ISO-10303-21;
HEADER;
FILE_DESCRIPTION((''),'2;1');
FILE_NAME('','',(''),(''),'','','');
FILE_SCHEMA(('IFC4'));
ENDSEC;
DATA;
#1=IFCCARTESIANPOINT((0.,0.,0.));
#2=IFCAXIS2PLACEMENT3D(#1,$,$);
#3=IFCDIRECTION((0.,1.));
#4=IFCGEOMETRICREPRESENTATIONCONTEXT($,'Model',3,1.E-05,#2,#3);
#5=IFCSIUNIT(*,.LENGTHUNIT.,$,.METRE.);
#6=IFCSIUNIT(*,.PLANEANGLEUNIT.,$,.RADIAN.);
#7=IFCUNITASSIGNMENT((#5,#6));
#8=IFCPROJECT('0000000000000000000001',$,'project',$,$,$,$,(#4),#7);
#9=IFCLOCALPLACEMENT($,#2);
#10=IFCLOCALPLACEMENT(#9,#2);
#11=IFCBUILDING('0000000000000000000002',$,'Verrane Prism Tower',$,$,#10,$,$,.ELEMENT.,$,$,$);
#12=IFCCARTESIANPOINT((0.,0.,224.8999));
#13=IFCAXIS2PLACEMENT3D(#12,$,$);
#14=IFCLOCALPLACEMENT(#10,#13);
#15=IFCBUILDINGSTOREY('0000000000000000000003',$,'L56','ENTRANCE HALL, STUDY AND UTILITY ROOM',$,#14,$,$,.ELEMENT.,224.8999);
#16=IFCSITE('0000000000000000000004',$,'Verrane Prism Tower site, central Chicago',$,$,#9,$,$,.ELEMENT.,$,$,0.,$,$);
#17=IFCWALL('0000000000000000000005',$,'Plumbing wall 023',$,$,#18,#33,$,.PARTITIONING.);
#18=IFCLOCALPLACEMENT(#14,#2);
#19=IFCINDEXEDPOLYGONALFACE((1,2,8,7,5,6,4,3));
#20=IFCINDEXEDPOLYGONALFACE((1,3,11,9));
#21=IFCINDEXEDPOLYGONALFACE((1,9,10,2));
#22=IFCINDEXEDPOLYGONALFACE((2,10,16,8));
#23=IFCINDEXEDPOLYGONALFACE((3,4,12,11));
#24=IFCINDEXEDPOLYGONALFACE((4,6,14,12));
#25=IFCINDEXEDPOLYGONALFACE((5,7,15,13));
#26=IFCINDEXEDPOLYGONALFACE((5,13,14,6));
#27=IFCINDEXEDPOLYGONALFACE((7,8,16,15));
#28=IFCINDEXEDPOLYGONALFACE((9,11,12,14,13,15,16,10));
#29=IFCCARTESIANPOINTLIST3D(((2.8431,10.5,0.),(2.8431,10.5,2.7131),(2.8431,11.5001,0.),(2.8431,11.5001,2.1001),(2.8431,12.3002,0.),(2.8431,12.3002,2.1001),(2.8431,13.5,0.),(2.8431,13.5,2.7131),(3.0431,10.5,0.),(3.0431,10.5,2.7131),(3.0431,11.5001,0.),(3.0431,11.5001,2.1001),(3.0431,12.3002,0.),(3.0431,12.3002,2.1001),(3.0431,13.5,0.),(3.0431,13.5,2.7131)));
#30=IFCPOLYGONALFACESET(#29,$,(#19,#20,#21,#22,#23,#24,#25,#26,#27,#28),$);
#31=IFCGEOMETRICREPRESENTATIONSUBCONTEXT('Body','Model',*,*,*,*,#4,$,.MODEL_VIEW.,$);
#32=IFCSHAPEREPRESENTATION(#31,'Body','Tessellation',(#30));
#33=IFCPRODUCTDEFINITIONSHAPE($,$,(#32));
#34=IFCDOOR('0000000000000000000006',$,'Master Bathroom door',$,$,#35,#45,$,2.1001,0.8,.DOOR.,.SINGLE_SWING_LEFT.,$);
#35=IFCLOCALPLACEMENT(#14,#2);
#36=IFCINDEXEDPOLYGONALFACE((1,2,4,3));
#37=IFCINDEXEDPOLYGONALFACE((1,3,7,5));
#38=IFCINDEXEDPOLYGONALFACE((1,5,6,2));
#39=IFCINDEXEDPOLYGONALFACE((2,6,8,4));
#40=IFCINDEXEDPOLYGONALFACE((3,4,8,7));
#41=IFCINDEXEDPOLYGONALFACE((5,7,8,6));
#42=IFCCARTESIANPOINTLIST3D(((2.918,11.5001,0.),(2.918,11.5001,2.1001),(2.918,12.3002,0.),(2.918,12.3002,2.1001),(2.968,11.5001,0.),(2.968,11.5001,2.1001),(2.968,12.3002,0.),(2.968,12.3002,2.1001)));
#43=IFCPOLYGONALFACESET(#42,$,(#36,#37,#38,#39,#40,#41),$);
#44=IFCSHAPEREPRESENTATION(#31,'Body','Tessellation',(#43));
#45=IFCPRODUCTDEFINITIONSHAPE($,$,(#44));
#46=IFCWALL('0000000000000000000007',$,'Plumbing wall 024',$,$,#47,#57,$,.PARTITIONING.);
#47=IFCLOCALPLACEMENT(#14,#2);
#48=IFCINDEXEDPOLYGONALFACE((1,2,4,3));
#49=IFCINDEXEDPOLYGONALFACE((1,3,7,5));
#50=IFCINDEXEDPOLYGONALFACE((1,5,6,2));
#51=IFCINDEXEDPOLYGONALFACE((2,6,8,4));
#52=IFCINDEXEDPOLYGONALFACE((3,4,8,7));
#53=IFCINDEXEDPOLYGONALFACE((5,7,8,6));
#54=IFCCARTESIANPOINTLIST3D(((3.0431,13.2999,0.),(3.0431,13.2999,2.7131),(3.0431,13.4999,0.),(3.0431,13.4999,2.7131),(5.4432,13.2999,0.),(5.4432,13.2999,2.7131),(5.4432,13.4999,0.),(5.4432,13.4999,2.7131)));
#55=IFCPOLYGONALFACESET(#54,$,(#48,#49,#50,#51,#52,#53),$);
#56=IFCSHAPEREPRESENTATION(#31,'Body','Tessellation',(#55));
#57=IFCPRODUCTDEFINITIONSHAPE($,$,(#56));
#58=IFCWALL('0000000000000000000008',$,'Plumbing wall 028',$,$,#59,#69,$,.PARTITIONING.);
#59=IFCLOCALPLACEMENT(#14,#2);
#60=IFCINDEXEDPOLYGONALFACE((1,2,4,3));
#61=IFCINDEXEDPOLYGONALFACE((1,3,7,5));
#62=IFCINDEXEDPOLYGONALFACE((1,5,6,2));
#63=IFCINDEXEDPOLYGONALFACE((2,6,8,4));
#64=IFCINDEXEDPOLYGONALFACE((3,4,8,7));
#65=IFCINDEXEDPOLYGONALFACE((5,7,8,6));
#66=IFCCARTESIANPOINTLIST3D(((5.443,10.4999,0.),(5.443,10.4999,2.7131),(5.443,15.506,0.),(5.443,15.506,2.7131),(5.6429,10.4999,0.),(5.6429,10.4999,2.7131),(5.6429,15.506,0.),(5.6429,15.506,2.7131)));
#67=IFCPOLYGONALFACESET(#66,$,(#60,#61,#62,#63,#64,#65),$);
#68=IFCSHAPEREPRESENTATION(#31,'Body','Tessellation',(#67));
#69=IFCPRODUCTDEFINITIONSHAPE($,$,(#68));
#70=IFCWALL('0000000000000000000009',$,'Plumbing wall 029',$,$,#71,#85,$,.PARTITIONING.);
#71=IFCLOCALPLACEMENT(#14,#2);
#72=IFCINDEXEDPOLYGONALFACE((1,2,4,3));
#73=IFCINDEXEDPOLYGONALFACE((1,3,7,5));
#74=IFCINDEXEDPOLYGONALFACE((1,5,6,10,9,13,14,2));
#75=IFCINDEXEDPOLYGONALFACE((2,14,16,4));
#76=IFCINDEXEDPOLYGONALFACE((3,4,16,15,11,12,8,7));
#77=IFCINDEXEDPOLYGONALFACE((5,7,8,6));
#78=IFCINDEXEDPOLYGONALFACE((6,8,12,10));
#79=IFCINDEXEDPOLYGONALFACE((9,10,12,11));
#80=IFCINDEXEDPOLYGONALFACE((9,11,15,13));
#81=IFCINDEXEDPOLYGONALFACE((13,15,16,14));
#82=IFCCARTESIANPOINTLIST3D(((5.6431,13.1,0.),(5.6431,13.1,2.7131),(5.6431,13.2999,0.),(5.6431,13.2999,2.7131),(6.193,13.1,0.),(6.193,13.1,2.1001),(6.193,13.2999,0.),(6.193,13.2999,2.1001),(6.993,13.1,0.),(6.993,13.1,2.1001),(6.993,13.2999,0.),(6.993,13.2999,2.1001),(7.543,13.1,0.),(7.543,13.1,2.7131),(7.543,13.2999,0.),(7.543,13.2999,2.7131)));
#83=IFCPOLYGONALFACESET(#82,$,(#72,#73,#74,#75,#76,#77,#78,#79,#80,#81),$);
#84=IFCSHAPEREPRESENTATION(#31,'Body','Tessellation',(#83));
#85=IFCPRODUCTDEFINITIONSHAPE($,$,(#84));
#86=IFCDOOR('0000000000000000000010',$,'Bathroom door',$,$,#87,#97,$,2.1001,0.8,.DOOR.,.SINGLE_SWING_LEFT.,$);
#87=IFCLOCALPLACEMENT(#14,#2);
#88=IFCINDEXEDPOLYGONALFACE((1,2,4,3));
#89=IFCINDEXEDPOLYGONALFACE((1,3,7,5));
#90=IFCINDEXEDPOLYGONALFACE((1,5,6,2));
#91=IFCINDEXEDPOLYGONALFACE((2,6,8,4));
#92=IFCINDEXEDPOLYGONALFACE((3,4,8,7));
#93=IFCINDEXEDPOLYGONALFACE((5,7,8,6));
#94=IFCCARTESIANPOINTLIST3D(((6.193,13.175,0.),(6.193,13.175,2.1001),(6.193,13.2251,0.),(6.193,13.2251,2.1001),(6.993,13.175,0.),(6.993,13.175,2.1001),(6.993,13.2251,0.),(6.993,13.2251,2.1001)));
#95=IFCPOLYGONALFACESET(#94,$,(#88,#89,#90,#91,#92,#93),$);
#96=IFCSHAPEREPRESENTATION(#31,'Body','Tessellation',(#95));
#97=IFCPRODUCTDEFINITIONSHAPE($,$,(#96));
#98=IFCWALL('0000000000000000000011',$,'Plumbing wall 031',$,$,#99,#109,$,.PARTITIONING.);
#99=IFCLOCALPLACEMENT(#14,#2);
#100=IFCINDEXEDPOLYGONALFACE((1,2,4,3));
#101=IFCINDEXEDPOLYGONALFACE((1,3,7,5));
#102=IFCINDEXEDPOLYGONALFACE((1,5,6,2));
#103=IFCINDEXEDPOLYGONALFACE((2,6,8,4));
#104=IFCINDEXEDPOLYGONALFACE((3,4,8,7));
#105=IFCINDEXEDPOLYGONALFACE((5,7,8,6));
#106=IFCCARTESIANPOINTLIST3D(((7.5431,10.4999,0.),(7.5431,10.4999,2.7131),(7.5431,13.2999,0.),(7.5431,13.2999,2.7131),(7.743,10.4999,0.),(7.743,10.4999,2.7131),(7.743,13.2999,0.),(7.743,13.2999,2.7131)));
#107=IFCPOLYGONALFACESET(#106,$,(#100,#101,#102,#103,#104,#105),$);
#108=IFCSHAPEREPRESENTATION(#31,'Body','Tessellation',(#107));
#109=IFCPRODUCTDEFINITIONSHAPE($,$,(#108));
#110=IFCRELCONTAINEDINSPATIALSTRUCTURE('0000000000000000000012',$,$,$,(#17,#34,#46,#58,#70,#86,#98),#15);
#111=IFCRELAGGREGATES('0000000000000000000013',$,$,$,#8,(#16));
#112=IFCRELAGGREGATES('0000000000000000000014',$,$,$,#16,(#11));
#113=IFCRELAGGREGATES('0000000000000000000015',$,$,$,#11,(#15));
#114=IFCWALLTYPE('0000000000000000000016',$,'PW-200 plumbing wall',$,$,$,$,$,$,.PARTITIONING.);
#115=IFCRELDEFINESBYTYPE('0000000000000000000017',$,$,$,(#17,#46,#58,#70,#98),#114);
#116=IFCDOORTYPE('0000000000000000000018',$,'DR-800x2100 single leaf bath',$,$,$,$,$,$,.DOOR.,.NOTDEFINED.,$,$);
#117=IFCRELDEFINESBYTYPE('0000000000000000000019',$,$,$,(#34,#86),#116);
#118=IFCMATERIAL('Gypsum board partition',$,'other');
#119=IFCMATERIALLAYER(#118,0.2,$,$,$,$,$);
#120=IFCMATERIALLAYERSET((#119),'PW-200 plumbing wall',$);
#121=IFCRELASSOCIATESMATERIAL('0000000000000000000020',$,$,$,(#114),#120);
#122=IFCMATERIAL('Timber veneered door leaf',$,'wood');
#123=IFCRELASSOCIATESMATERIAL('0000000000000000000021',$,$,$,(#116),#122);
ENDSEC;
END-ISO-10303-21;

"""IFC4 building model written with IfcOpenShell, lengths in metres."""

from ifc_helpers import new_model, si_unit, direction, frame, frame_2d, origin, place, context, subcontext, project, spatial, rectangle, extrude, material, layer, layer_set, type_object, element, fill, save


model = new_model("IFC4")

# Units and contexts
model_context = context("Model", 3, precision=1e-05, world=origin(), true_north=direction((0.0, 1.0)))
body_context = subcontext(model_context, "Body", "Model", "MODEL_VIEW")
ifc_project = project(units=[si_unit("LENGTHUNIT", "METRE"), si_unit("PLANEANGLEUNIT", "RADIAN")], contexts=[model_context])

# Site, building, storey
site_placement = place(None, origin())
site = spatial("IfcSite", under=ifc_project, at=site_placement, Name="Verrane Prism Tower site, central Chicago", CompositionType="ELEMENT", RefElevation=0.0)
building_placement = place(site_placement, origin())
building = spatial("IfcBuilding", under=site, at=building_placement, Name="Verrane Prism Tower", CompositionType="ELEMENT")
storey_placement = place(building_placement, frame((0.0, 0.0, 224.8999)))
storey = spatial("IfcBuildingStorey", under=building, at=storey_placement, Name="L56", Description="ENTRANCE HALL, STUDY AND UTILITY ROOM", CompositionType="ELEMENT", Elevation=224.8999)

# Wall, opening, door
ifc_material_1 = material(Name="Gypsum board partition", Category="other")
ifc_layer_1 = layer(ifc_material_1, 0.2)
ifc_layer_set_1 = layer_set([ifc_layer_1], Name="PW-200 plumbing wall")
wall_type_1 = type_object("IfcWallType", Name="PW-200 plumbing wall", PredefinedType="PARTITIONING", material=ifc_layer_set_1)
wall_1_placement = place(storey_placement, frame((2.9431, 13.5, 0.0), z_axis=(0.0, 0.0, 1.0), x_axis=(0.0, -1.0, 0.0)))
wall_1 = element("IfcWall", 1, at=wall_1_placement, inside=storey, type_object=wall_type_1, Name="Plumbing wall 023", PredefinedType="PARTITIONING", context=body_context, shape_type="SweptSolid", body=[
    extrude(rectangle(XDim=3.0, YDim=0.2, at=frame_2d((1.5, 0.0))), origin(), (0.0, 0.0, 1.0), 2.7131),
])
opening_1_placement = place(wall_1_placement, frame((1.2, 0.0, 0.0)))
opening_1 = element("IfcOpeningElement", 2, at=opening_1_placement, cuts=wall_1, PredefinedType="OPENING", context=body_context, shape_type="SweptSolid", body=[
    extrude(rectangle(XDim=0.8, YDim=2.1001, at=frame_2d((0.3999, 1.05))), frame((0.0, 0.1099, 0.0), z_axis=(0.0, -1.0, 0.0), x_axis=(1.0, 0.0, 0.0)), (0.0, 0.0, 1.0), 0.22),
])
ifc_material_2 = material(Name="Timber veneered door leaf", Category="wood")
door_type_1 = type_object("IfcDoorType", Name="DR-800x2100 single leaf bath", OperationType="NOTDEFINED", PredefinedType="DOOR", material=ifc_material_2)
door_1_placement = place(opening_1_placement, origin())
door_1 = element("IfcDoor", 3, at=door_1_placement, inside=storey, type_object=door_type_1, Name="Master Bathroom door", OperationType="SINGLE_SWING_LEFT", OverallHeight=2.1001, OverallWidth=0.8, PredefinedType="DOOR", context=body_context, shape_type="SweptSolid", body=[
    extrude(rectangle(XDim=0.8, YDim=2.1001, at=frame_2d((0.3999, 1.05))), frame((0.0, 0.0249, 0.0), z_axis=(0.0, -1.0, 0.0), x_axis=(1.0, 0.0, 0.0)), (0.0, 0.0, 1.0), 0.05),
])
fill(opening_1, door_1)

# Walls
wall_2_placement = place(storey_placement, frame((3.043, 13.3999, 0.0), z_axis=(0.0, 0.0, 1.0), x_axis=(1.0, 0.0, 0.0)))
element("IfcWall", 4, at=wall_2_placement, inside=storey, type_object=wall_type_1, Name="Plumbing wall 024", PredefinedType="PARTITIONING", context=body_context, shape_type="SweptSolid", body=[
    extrude(rectangle(XDim=2.4001, YDim=0.2, at=frame_2d((1.2002, 0.0))), origin(), (0.0, 0.0, 1.0), 2.7131),
])
wall_3_placement = place(storey_placement, frame((5.543, 10.5, 0.0), z_axis=(0.0, 0.0, 1.0), x_axis=(0.0, 1.0, 0.0)))
element("IfcWall", 5, at=wall_3_placement, inside=storey, type_object=wall_type_1, Name="Plumbing wall 028", PredefinedType="PARTITIONING", context=body_context, shape_type="SweptSolid", body=[
    extrude(rectangle(XDim=5.0061, YDim=0.2, at=frame_2d((2.5029, 0.0))), origin(), (0.0, 0.0, 1.0), 2.7131),
])

# Wall, opening, door
wall_4_placement = place(storey_placement, frame((7.543, 13.2, 0.0), z_axis=(0.0, 0.0, 1.0), x_axis=(-1.0, 0.0, 0.0)))
wall_4 = element("IfcWall", 6, at=wall_4_placement, inside=storey, type_object=wall_type_1, Name="Plumbing wall 029", PredefinedType="PARTITIONING", context=body_context, shape_type="SweptSolid", body=[
    extrude(rectangle(XDim=1.8999, YDim=0.2, at=frame_2d((0.95, 0.0))), origin(), (0.0, 0.0, 1.0), 2.7131),
])
opening_2_placement = place(wall_4_placement, frame((0.55, 0.0, 0.0)))
opening_2 = element("IfcOpeningElement", 7, at=opening_2_placement, cuts=wall_4, PredefinedType="OPENING", context=body_context, shape_type="SweptSolid", body=[
    extrude(rectangle(XDim=0.8, YDim=2.1001, at=frame_2d((0.3999, 1.05))), frame((0.0, 0.1099, 0.0), z_axis=(0.0, -1.0, 0.0), x_axis=(1.0, 0.0, 0.0)), (0.0, 0.0, 1.0), 0.22),
])
door_2_placement = place(opening_2_placement, origin())
door_2 = element("IfcDoor", 8, at=door_2_placement, inside=storey, type_object=door_type_1, Name="Bathroom door", OperationType="SINGLE_SWING_LEFT", OverallHeight=2.1001, OverallWidth=0.8, PredefinedType="DOOR", context=body_context, shape_type="SweptSolid", body=[
    extrude(rectangle(XDim=0.8, YDim=2.1001, at=frame_2d((0.3999, 1.05))), frame((0.0, 0.0249, 0.0), z_axis=(0.0, -1.0, 0.0), x_axis=(1.0, 0.0, 0.0)), (0.0, 0.0, 1.0), 0.05),
])
fill(opening_2, door_2)

# Wall
wall_5_placement = place(storey_placement, frame((7.6431, 10.5, 0.0), z_axis=(0.0, 0.0, 1.0), x_axis=(0.0, 1.0, 0.0)))
element("IfcWall", 9, at=wall_5_placement, inside=storey, type_object=wall_type_1, Name="Plumbing wall 031", PredefinedType="PARTITIONING", context=body_context, shape_type="SweptSolid", body=[
    extrude(rectangle(XDim=2.8, YDim=0.2, at=frame_2d((1.3999, 0.0))), origin(), (0.0, 0.0, 1.0), 2.7131),
])

save(model, "model.ifc")
